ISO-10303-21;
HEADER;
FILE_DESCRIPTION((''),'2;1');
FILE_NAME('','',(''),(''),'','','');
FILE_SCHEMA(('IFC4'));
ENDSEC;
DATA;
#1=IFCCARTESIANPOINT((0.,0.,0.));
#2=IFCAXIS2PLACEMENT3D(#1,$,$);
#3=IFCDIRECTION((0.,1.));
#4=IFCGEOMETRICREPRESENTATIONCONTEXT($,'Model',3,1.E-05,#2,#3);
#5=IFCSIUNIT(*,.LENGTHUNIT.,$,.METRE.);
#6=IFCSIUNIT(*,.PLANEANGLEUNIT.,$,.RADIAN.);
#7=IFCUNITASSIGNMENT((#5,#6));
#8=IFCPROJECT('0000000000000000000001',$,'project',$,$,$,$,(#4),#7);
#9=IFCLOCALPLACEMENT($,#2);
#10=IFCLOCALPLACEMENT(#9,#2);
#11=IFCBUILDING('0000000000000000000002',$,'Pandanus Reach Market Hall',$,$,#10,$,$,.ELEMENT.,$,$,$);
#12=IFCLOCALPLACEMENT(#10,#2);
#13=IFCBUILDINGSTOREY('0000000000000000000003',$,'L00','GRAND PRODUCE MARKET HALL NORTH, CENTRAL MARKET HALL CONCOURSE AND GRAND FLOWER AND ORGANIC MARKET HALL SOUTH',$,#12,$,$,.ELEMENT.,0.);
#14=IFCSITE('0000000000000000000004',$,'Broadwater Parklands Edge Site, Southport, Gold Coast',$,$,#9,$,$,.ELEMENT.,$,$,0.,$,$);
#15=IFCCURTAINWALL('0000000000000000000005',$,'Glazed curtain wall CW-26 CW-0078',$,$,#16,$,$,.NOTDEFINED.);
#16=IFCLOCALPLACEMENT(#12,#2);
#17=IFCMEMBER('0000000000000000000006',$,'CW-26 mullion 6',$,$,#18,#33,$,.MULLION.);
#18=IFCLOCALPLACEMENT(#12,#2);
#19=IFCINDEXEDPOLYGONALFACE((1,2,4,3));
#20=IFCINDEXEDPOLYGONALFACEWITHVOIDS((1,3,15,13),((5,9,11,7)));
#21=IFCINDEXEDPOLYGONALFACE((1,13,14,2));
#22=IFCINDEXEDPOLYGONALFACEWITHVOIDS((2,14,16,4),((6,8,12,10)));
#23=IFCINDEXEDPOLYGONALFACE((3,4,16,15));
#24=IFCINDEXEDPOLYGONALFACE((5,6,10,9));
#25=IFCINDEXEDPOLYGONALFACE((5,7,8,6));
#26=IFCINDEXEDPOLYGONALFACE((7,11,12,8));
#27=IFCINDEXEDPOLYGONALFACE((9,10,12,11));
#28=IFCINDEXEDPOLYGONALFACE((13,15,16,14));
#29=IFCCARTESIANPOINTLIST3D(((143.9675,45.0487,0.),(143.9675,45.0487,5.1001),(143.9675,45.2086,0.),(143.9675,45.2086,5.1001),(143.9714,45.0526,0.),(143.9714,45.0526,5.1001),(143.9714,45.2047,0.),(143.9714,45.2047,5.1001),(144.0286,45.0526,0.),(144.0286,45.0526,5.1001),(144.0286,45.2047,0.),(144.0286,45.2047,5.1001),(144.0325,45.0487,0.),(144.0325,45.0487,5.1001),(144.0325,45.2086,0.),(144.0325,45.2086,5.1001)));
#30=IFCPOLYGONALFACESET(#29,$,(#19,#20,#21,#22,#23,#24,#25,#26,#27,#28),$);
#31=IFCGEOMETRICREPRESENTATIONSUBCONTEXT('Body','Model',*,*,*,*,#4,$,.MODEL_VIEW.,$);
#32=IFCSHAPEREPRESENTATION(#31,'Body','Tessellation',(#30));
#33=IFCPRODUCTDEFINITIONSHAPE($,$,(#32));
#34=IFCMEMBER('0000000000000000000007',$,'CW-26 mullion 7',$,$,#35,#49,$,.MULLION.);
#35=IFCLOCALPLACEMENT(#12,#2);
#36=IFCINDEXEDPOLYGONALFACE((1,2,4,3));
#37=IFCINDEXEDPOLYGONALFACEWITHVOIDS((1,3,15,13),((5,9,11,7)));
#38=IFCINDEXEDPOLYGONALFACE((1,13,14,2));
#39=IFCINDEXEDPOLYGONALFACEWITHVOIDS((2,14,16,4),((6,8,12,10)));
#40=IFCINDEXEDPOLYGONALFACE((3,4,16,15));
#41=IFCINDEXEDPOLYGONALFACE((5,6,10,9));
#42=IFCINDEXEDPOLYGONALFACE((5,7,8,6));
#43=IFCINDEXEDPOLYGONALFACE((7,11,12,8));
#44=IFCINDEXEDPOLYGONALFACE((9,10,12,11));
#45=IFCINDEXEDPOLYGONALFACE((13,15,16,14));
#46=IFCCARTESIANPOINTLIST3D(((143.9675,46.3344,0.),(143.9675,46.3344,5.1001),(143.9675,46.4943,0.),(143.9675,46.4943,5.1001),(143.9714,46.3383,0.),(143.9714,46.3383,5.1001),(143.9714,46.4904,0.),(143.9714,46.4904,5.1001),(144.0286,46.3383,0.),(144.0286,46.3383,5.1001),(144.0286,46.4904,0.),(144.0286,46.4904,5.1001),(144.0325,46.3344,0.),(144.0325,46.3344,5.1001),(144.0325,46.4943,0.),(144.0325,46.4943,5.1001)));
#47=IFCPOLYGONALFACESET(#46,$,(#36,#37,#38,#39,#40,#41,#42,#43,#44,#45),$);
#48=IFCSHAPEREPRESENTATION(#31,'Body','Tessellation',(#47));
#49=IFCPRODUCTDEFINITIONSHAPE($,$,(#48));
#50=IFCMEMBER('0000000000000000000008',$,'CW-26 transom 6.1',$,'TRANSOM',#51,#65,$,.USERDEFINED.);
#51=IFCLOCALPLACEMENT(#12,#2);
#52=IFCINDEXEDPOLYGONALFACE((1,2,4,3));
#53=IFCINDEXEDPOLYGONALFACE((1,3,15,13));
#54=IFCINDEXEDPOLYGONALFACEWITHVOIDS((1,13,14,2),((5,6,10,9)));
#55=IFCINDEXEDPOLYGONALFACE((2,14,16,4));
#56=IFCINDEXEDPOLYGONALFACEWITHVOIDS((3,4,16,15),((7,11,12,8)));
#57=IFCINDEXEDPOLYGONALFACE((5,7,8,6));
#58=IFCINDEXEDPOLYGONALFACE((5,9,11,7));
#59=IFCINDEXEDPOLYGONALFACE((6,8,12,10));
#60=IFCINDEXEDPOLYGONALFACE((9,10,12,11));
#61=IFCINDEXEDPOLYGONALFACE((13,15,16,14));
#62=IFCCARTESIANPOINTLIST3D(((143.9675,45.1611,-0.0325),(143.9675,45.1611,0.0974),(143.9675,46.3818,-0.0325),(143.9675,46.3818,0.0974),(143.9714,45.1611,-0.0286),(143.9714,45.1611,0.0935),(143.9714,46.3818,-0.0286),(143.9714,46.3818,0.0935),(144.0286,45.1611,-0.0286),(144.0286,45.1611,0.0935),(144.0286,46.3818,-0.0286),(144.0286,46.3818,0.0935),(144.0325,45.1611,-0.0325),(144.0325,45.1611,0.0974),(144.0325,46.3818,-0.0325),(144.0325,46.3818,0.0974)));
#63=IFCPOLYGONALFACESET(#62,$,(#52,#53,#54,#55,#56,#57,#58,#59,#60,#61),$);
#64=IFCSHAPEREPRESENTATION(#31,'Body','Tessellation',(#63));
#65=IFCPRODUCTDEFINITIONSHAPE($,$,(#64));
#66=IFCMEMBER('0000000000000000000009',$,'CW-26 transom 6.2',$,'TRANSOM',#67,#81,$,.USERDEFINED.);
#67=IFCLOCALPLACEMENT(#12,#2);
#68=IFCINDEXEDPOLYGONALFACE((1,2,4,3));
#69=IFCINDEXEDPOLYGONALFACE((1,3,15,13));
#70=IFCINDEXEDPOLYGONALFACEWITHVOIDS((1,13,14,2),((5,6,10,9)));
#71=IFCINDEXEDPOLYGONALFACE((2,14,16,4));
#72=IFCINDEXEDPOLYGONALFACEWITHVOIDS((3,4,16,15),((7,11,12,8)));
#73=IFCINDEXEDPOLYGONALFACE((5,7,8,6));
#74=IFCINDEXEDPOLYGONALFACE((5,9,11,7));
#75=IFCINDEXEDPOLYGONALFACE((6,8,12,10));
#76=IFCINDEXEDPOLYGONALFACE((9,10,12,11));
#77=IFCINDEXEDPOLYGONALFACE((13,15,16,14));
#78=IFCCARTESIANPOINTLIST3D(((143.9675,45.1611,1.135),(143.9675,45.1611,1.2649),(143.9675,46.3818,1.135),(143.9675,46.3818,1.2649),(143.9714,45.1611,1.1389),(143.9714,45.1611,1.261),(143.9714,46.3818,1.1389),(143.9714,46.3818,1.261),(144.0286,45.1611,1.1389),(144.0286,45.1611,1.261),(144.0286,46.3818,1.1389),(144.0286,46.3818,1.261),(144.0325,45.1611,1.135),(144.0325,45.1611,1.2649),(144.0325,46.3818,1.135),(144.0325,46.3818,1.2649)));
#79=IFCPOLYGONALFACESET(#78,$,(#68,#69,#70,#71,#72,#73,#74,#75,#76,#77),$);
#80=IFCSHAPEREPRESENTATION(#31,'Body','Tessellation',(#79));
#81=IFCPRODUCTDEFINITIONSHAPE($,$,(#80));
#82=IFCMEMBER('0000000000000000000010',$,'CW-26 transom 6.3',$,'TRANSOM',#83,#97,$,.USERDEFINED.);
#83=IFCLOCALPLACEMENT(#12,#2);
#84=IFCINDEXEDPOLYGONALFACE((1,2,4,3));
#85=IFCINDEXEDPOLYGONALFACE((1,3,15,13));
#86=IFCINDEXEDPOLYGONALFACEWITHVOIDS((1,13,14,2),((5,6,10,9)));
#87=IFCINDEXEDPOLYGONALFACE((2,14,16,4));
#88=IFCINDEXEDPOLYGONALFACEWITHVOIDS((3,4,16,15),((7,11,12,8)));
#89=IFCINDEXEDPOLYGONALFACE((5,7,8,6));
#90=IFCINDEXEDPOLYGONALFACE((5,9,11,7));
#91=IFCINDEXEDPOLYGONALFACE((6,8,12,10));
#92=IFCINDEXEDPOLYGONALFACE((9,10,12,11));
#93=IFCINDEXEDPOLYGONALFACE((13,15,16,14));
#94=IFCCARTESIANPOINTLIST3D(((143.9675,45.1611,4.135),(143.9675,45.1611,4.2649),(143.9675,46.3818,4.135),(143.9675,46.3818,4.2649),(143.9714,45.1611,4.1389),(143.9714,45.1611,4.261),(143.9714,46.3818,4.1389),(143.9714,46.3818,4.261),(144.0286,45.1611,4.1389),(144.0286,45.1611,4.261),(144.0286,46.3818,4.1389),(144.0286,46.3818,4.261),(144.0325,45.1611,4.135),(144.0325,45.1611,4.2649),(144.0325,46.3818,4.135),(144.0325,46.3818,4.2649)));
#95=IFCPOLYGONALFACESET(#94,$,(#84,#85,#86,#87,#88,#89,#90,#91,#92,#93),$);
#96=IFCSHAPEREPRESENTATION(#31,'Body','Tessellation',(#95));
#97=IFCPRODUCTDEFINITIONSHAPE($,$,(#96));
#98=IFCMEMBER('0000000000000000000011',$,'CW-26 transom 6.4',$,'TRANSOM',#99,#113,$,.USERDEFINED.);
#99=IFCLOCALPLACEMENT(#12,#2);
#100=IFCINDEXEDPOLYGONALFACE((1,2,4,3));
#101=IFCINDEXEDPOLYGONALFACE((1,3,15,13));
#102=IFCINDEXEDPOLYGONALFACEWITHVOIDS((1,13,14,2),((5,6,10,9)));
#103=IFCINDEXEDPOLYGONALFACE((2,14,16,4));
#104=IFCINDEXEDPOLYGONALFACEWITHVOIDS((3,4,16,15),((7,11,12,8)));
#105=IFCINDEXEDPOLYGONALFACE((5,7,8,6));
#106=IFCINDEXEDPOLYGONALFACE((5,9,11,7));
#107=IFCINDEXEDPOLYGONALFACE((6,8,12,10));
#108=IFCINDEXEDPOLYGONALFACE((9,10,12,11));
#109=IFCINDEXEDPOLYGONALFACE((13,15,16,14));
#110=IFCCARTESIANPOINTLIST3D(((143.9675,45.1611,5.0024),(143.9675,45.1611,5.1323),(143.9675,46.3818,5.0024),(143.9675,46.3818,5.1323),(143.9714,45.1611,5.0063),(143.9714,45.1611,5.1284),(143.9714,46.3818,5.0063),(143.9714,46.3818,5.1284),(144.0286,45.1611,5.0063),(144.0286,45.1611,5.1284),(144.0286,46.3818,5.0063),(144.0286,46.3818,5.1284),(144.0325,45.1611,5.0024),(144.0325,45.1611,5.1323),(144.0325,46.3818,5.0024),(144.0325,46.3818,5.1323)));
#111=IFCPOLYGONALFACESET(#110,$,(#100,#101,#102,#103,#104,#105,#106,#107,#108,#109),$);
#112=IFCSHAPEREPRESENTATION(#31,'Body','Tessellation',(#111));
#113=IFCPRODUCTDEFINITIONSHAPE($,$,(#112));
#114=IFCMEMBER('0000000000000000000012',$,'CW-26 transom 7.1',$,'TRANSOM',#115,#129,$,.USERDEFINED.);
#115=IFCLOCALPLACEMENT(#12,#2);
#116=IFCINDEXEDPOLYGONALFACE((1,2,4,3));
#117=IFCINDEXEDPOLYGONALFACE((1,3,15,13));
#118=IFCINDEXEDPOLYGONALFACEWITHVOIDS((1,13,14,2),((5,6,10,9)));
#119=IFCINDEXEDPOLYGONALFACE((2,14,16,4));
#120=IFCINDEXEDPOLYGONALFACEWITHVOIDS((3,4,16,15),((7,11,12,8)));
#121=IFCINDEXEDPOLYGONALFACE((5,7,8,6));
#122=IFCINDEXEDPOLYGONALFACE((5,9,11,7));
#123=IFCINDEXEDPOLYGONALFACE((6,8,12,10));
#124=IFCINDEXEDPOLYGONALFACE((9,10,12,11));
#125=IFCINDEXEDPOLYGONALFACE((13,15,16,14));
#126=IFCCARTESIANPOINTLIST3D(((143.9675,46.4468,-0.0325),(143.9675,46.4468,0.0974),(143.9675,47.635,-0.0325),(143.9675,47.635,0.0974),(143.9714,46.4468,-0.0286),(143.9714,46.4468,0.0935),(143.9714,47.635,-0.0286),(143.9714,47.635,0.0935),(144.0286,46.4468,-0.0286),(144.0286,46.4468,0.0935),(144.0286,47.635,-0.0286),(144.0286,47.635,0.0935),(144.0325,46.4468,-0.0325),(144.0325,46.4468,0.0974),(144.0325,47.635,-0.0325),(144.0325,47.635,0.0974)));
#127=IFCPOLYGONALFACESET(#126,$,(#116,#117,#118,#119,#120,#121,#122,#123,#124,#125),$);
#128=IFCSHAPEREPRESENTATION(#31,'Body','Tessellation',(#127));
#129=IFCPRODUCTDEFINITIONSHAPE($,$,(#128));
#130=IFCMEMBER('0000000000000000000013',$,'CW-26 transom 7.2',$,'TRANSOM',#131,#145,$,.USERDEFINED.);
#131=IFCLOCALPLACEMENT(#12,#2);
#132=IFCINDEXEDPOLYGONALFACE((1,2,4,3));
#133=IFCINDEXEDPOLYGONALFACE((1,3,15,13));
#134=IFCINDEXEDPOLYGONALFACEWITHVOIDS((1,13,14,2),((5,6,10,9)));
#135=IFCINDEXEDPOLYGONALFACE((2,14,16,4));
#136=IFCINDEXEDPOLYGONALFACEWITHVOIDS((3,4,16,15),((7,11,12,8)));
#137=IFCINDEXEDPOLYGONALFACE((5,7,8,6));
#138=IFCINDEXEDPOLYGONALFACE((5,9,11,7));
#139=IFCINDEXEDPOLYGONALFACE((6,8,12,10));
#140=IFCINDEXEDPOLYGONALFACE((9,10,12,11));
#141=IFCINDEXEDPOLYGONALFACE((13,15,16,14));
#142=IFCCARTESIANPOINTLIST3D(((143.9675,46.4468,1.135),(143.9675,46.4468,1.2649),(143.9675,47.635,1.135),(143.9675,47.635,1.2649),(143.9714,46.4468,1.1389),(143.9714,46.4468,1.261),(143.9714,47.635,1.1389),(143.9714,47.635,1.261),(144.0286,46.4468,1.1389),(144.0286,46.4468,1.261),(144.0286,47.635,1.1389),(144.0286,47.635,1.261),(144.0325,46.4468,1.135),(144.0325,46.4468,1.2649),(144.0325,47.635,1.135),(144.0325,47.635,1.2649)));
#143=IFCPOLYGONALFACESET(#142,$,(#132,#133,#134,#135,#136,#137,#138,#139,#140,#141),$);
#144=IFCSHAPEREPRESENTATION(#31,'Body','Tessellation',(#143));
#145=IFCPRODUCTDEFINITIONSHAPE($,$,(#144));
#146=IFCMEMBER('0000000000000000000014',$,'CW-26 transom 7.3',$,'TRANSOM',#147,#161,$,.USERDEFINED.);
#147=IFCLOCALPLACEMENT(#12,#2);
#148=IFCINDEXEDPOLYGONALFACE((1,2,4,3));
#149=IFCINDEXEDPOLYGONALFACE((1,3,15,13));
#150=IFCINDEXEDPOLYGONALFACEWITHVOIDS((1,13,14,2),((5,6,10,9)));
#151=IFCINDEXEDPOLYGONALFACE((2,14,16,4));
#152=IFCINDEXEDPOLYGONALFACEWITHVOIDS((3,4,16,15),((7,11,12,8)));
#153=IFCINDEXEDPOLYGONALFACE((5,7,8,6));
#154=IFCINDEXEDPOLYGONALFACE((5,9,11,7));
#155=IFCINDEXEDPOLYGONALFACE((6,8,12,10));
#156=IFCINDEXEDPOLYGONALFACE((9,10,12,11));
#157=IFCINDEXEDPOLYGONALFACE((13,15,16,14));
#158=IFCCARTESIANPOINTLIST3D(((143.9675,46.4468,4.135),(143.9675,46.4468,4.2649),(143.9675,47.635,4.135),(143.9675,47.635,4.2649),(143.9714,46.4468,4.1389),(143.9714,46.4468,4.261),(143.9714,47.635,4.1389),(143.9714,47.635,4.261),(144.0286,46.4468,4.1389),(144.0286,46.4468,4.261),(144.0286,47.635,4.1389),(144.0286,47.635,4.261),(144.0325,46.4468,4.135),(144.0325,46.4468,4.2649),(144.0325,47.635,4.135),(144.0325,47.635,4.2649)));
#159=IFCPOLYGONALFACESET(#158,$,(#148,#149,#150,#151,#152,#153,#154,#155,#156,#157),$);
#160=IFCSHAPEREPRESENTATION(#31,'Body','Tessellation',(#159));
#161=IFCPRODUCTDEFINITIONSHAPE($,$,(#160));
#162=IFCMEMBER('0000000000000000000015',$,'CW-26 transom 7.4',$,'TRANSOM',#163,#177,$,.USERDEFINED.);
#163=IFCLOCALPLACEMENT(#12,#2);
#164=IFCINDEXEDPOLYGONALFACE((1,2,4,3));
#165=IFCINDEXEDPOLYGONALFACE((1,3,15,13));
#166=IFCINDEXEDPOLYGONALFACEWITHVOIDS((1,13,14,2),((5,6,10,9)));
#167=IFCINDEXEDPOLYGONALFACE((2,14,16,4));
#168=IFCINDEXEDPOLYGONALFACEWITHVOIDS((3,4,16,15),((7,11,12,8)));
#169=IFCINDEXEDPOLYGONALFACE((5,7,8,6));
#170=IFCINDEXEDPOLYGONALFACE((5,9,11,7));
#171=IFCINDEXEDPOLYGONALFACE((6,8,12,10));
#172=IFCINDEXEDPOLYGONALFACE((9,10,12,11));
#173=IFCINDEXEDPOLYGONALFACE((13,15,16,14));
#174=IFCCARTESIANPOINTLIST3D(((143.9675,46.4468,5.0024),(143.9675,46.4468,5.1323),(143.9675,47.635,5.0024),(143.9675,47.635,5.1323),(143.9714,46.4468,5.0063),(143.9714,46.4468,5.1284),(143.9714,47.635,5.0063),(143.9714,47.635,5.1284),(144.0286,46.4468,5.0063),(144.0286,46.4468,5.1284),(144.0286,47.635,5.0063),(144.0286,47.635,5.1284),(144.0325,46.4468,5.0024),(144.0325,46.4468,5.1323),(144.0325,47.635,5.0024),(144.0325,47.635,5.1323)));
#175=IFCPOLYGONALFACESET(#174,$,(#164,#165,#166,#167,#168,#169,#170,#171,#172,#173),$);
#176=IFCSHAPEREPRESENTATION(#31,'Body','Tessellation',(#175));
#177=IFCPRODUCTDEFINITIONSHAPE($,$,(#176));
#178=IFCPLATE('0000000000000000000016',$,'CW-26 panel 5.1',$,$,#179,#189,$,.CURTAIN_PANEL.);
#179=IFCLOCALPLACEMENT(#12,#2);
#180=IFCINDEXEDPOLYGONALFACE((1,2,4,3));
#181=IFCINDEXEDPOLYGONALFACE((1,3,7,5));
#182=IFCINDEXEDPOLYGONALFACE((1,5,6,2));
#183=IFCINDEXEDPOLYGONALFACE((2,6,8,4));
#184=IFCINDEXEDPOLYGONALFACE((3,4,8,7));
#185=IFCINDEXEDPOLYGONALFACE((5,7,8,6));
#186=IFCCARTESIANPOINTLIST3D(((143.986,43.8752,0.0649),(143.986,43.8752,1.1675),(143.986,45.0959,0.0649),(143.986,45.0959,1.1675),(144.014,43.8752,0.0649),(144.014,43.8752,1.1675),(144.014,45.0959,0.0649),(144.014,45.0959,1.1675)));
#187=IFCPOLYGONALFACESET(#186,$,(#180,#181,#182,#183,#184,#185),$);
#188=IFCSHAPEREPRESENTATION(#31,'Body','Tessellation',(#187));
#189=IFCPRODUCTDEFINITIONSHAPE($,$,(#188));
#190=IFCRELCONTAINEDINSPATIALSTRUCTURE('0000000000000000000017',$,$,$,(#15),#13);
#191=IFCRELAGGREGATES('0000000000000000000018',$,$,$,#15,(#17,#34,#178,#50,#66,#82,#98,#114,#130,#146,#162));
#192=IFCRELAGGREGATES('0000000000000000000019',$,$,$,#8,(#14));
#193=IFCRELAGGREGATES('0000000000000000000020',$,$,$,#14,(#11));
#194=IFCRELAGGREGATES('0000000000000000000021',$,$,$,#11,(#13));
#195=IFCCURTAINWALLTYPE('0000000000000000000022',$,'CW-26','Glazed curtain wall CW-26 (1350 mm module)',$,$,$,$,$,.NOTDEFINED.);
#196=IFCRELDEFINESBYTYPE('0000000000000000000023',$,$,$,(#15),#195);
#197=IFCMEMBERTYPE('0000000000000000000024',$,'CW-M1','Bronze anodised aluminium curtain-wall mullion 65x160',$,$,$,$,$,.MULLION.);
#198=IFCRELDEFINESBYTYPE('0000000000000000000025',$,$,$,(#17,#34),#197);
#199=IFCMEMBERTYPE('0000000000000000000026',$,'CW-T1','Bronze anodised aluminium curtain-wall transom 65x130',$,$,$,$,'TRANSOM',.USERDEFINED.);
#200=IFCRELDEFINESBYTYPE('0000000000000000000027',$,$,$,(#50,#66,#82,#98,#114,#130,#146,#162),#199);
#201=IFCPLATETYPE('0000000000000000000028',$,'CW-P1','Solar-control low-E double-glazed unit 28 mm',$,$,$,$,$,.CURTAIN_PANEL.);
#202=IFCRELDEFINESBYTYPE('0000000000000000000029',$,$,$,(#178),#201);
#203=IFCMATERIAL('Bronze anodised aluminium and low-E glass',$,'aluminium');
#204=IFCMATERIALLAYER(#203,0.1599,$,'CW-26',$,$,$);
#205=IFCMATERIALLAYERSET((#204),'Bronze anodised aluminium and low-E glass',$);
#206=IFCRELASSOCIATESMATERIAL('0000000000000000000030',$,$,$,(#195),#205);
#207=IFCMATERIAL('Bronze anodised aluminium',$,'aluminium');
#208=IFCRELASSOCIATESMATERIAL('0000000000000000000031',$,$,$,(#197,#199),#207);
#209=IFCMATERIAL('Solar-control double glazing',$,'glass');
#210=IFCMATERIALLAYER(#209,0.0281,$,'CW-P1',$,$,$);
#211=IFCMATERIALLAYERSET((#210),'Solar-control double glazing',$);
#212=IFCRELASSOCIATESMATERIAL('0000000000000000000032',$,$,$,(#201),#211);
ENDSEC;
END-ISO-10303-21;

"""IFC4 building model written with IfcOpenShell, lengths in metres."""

from ifc_helpers import new_model, si_unit, direction, frame, origin, origin_2d, place, context, subcontext, project, spatial, rectangle, hollow_rectangle, extrude, material, layer, layer_set, material_profile, profile_set, type_object, element, aggregate, save


model = new_model("IFC4")

# Units and contexts
model_context = context("Model", 3, precision=1e-05, world=origin(), true_north=direction((0.0, 1.0)))
body_context = subcontext(model_context, "Body", "Model", "MODEL_VIEW")
ifc_project = project(units=[si_unit("LENGTHUNIT", "METRE"), si_unit("PLANEANGLEUNIT", "RADIAN")], contexts=[model_context])

# Site, building, storey
site_placement = place(None, origin())
site = spatial("IfcSite", under=ifc_project, at=site_placement, Name="Broadwater Parklands Edge Site, Southport, Gold Coast", CompositionType="ELEMENT", RefElevation=0.0)
building_placement = place(site_placement, origin())
building = spatial("IfcBuilding", under=site, at=building_placement, Name="Pandanus Reach Market Hall", CompositionType="ELEMENT")
storey_placement = place(building_placement, origin())
storey = spatial("IfcBuildingStorey", under=building, at=storey_placement, Name="L00", Description="GRAND PRODUCE MARKET HALL NORTH, CENTRAL MARKET HALL CONCOURSE AND GRAND FLOWER AND ORGANIC MARKET HALL SOUTH", CompositionType="ELEMENT", Elevation=0.0)

# Curtain wall, members, plate
ifc_material_1 = material(Name="Bronze anodised aluminium and low-E glass", Category="aluminium")
ifc_layer_1 = layer(ifc_material_1, 0.1599, Name="CW-26")
ifc_layer_set_1 = layer_set([ifc_layer_1], Name="Bronze anodised aluminium and low-E glass")
curtain_wall_type = type_object("IfcCurtainWallType", Name="CW-26", Description="Glazed curtain wall CW-26 (1350 mm module)", PredefinedType="NOTDEFINED", material=ifc_layer_set_1)
curtain_wall_placement = place(storey_placement, origin())
curtain_wall = element("IfcCurtainWall", 1, at=curtain_wall_placement, inside=storey, type_object=curtain_wall_type, Name="Glazed curtain wall CW-26 CW-0078", PredefinedType="NOTDEFINED")
ifc_material_2 = material(Name="Bronze anodised aluminium", Category="aluminium")
ifc_material_profile_1 = material_profile(ifc_material_2, hollow_rectangle(XDim=0.0649, YDim=0.1599, WallThickness=0.0039, at=origin_2d()), Name="ALU65x160", Category="LoadBearing")
ifc_profile_set_1 = profile_set([ifc_material_profile_1], Name="Bronze anodised aluminium")
member_type_1 = type_object("IfcMemberType", Name="CW-M1", Description="Bronze anodised aluminium curtain-wall mullion 65x160", PredefinedType="MULLION", material=ifc_profile_set_1)
member_1_placement = place(storey_placement, frame((144.0, 45.1287, 0.0), z_axis=(0.0, 0.0, 1.0), x_axis=(-1.0, 0.0, 0.0)))
member_1 = element("IfcMember", 2, at=member_1_placement, type_object=member_type_1, Name="CW-26 mullion 6", PredefinedType="MULLION", context=body_context, shape_type="SweptSolid", body=[
    extrude(hollow_rectangle(XDim=0.0649, YDim=0.1599, WallThickness=0.0039, at=origin_2d()), origin(), (0.0, 0.0, 1.0), 5.1001),
])
member_2_placement = place(storey_placement, frame((144.0, 46.4143, 0.0), z_axis=(0.0, 0.0, 1.0), x_axis=(-1.0, 0.0, 0.0)))
member_2 = element("IfcMember", 3, at=member_2_placement, type_object=member_type_1, Name="CW-26 mullion 7", PredefinedType="MULLION", context=body_context, shape_type="SweptSolid", body=[
    extrude(hollow_rectangle(XDim=0.0649, YDim=0.1599, WallThickness=0.0039, at=origin_2d()), origin(), (0.0, 0.0, 1.0), 5.1001),
])
ifc_material_profile_2 = material_profile(ifc_material_2, hollow_rectangle(XDim=0.0649, YDim=0.1299, WallThickness=0.0039, at=origin_2d()), Name="ALU65x130", Category="LoadBearing")
ifc_profile_set_2 = profile_set([ifc_material_profile_2], Name="Bronze anodised aluminium")
member_type_2 = type_object("IfcMemberType", Name="CW-T1", Description="Bronze anodised aluminium curtain-wall transom 65x130", ElementType="TRANSOM", PredefinedType="USERDEFINED", material=ifc_profile_set_2)
member_3_placement = place(storey_placement, frame((144.0, 45.1611, 0.0325), z_axis=(0.0, 1.0, 0.0), x_axis=(-1.0, 0.0, 0.0)))
member_3 = element("IfcMember", 4, at=member_3_placement, type_object=member_type_2, Name="CW-26 transom 6.1", ObjectType="TRANSOM", PredefinedType="USERDEFINED", context=body_context, shape_type="SweptSolid", body=[
    extrude(hollow_rectangle(XDim=0.0649, YDim=0.1299, WallThickness=0.0039, at=origin_2d()), origin(), (0.0, 0.0, 1.0), 1.2207),
])
member_4_placement = place(storey_placement, frame((144.0, 45.1611, 1.2), z_axis=(0.0, 1.0, 0.0), x_axis=(-1.0, 0.0, 0.0)))
member_4 = element("IfcMember", 5, at=member_4_placement, type_object=member_type_2, Name="CW-26 transom 6.2", ObjectType="TRANSOM", PredefinedType="USERDEFINED", context=body_context, shape_type="SweptSolid", body=[
    extrude(hollow_rectangle(XDim=0.0649, YDim=0.1299, WallThickness=0.0039, at=origin_2d()), origin(), (0.0, 0.0, 1.0), 1.2207),
])
member_5_placement = place(storey_placement, frame((144.0, 45.1611, 4.2), z_axis=(0.0, 1.0, 0.0), x_axis=(-1.0, 0.0, 0.0)))
member_5 = element("IfcMember", 6, at=member_5_placement, type_object=member_type_2, Name="CW-26 transom 6.3", ObjectType="TRANSOM", PredefinedType="USERDEFINED", context=body_context, shape_type="SweptSolid", body=[
    extrude(hollow_rectangle(XDim=0.0649, YDim=0.1299, WallThickness=0.0039, at=origin_2d()), origin(), (0.0, 0.0, 1.0), 1.2207),
])
member_6_placement = place(storey_placement, frame((144.0, 45.1611, 5.0674), z_axis=(0.0, 1.0, 0.0), x_axis=(-1.0, 0.0, 0.0)))
member_6 = element("IfcMember", 7, at=member_6_placement, type_object=member_type_2, Name="CW-26 transom 6.4", ObjectType="TRANSOM", PredefinedType="USERDEFINED", context=body_context, shape_type="SweptSolid", body=[
    extrude(hollow_rectangle(XDim=0.0649, YDim=0.1299, WallThickness=0.0039, at=origin_2d()), origin(), (0.0, 0.0, 1.0), 1.2207),
])
member_7_placement = place(storey_placement, frame((144.0, 46.4468, 0.0325), z_axis=(0.0, 1.0, 0.0), x_axis=(-1.0, 0.0, 0.0)))
member_7 = element("IfcMember", 8, at=member_7_placement, type_object=member_type_2, Name="CW-26 transom 7.1", ObjectType="TRANSOM", PredefinedType="USERDEFINED", context=body_context, shape_type="SweptSolid", body=[
    extrude(hollow_rectangle(XDim=0.0649, YDim=0.1299, WallThickness=0.0039, at=origin_2d()), origin(), (0.0, 0.0, 1.0), 1.1882),
])
member_8_placement = place(storey_placement, frame((144.0, 46.4468, 1.2), z_axis=(0.0, 1.0, 0.0), x_axis=(-1.0, 0.0, 0.0)))
member_8 = element("IfcMember", 9, at=member_8_placement, type_object=member_type_2, Name="CW-26 transom 7.2", ObjectType="TRANSOM", PredefinedType="USERDEFINED", context=body_context, shape_type="SweptSolid", body=[
    extrude(hollow_rectangle(XDim=0.0649, YDim=0.1299, WallThickness=0.0039, at=origin_2d()), origin(), (0.0, 0.0, 1.0), 1.1882),
])
member_9_placement = place(storey_placement, frame((144.0, 46.4468, 4.2), z_axis=(0.0, 1.0, 0.0), x_axis=(-1.0, 0.0, 0.0)))
member_9 = element("IfcMember", 10, at=member_9_placement, type_object=member_type_2, Name="CW-26 transom 7.3", ObjectType="TRANSOM", PredefinedType="USERDEFINED", context=body_context, shape_type="SweptSolid", body=[
    extrude(hollow_rectangle(XDim=0.0649, YDim=0.1299, WallThickness=0.0039, at=origin_2d()), origin(), (0.0, 0.0, 1.0), 1.1882),
])
member_10_placement = place(storey_placement, frame((144.0, 46.4468, 5.0674), z_axis=(0.0, 1.0, 0.0), x_axis=(-1.0, 0.0, 0.0)))
member_10 = element("IfcMember", 11, at=member_10_placement, type_object=member_type_2, Name="CW-26 transom 7.4", ObjectType="TRANSOM", PredefinedType="USERDEFINED", context=body_context, shape_type="SweptSolid", body=[
    extrude(hollow_rectangle(XDim=0.0649, YDim=0.1299, WallThickness=0.0039, at=origin_2d()), origin(), (0.0, 0.0, 1.0), 1.1882),
])
ifc_material_3 = material(Name="Solar-control double glazing", Category="glass")
ifc_layer_2 = layer(ifc_material_3, 0.0281, Name="CW-P1")
ifc_layer_set_2 = layer_set([ifc_layer_2], Name="Solar-control double glazing")
plate_type = type_object("IfcPlateType", Name="CW-P1", Description="Solar-control low-E double-glazed unit 28 mm", PredefinedType="CURTAIN_PANEL", material=ifc_layer_set_2)
plate_1_placement = place(storey_placement, frame((144.0, 44.4856, 0.0649), z_axis=(0.0, 0.0, 1.0), x_axis=(0.0, 1.0, 0.0)))
plate_1 = element("IfcPlate", 12, at=plate_1_placement, type_object=plate_type, Name="CW-26 panel 5.1", PredefinedType="CURTAIN_PANEL", context=body_context, shape_type="SweptSolid", body=[
    extrude(rectangle(XDim=1.2207, YDim=0.0281, at=origin_2d()), origin(), (0.0, 0.0, 1.0), 1.1025),
])
aggregate(curtain_wall, [member_1, member_2, plate_1, member_3, member_4, member_5, member_6, member_7, member_8, member_9, member_10])

save(model, "model.ifc")
